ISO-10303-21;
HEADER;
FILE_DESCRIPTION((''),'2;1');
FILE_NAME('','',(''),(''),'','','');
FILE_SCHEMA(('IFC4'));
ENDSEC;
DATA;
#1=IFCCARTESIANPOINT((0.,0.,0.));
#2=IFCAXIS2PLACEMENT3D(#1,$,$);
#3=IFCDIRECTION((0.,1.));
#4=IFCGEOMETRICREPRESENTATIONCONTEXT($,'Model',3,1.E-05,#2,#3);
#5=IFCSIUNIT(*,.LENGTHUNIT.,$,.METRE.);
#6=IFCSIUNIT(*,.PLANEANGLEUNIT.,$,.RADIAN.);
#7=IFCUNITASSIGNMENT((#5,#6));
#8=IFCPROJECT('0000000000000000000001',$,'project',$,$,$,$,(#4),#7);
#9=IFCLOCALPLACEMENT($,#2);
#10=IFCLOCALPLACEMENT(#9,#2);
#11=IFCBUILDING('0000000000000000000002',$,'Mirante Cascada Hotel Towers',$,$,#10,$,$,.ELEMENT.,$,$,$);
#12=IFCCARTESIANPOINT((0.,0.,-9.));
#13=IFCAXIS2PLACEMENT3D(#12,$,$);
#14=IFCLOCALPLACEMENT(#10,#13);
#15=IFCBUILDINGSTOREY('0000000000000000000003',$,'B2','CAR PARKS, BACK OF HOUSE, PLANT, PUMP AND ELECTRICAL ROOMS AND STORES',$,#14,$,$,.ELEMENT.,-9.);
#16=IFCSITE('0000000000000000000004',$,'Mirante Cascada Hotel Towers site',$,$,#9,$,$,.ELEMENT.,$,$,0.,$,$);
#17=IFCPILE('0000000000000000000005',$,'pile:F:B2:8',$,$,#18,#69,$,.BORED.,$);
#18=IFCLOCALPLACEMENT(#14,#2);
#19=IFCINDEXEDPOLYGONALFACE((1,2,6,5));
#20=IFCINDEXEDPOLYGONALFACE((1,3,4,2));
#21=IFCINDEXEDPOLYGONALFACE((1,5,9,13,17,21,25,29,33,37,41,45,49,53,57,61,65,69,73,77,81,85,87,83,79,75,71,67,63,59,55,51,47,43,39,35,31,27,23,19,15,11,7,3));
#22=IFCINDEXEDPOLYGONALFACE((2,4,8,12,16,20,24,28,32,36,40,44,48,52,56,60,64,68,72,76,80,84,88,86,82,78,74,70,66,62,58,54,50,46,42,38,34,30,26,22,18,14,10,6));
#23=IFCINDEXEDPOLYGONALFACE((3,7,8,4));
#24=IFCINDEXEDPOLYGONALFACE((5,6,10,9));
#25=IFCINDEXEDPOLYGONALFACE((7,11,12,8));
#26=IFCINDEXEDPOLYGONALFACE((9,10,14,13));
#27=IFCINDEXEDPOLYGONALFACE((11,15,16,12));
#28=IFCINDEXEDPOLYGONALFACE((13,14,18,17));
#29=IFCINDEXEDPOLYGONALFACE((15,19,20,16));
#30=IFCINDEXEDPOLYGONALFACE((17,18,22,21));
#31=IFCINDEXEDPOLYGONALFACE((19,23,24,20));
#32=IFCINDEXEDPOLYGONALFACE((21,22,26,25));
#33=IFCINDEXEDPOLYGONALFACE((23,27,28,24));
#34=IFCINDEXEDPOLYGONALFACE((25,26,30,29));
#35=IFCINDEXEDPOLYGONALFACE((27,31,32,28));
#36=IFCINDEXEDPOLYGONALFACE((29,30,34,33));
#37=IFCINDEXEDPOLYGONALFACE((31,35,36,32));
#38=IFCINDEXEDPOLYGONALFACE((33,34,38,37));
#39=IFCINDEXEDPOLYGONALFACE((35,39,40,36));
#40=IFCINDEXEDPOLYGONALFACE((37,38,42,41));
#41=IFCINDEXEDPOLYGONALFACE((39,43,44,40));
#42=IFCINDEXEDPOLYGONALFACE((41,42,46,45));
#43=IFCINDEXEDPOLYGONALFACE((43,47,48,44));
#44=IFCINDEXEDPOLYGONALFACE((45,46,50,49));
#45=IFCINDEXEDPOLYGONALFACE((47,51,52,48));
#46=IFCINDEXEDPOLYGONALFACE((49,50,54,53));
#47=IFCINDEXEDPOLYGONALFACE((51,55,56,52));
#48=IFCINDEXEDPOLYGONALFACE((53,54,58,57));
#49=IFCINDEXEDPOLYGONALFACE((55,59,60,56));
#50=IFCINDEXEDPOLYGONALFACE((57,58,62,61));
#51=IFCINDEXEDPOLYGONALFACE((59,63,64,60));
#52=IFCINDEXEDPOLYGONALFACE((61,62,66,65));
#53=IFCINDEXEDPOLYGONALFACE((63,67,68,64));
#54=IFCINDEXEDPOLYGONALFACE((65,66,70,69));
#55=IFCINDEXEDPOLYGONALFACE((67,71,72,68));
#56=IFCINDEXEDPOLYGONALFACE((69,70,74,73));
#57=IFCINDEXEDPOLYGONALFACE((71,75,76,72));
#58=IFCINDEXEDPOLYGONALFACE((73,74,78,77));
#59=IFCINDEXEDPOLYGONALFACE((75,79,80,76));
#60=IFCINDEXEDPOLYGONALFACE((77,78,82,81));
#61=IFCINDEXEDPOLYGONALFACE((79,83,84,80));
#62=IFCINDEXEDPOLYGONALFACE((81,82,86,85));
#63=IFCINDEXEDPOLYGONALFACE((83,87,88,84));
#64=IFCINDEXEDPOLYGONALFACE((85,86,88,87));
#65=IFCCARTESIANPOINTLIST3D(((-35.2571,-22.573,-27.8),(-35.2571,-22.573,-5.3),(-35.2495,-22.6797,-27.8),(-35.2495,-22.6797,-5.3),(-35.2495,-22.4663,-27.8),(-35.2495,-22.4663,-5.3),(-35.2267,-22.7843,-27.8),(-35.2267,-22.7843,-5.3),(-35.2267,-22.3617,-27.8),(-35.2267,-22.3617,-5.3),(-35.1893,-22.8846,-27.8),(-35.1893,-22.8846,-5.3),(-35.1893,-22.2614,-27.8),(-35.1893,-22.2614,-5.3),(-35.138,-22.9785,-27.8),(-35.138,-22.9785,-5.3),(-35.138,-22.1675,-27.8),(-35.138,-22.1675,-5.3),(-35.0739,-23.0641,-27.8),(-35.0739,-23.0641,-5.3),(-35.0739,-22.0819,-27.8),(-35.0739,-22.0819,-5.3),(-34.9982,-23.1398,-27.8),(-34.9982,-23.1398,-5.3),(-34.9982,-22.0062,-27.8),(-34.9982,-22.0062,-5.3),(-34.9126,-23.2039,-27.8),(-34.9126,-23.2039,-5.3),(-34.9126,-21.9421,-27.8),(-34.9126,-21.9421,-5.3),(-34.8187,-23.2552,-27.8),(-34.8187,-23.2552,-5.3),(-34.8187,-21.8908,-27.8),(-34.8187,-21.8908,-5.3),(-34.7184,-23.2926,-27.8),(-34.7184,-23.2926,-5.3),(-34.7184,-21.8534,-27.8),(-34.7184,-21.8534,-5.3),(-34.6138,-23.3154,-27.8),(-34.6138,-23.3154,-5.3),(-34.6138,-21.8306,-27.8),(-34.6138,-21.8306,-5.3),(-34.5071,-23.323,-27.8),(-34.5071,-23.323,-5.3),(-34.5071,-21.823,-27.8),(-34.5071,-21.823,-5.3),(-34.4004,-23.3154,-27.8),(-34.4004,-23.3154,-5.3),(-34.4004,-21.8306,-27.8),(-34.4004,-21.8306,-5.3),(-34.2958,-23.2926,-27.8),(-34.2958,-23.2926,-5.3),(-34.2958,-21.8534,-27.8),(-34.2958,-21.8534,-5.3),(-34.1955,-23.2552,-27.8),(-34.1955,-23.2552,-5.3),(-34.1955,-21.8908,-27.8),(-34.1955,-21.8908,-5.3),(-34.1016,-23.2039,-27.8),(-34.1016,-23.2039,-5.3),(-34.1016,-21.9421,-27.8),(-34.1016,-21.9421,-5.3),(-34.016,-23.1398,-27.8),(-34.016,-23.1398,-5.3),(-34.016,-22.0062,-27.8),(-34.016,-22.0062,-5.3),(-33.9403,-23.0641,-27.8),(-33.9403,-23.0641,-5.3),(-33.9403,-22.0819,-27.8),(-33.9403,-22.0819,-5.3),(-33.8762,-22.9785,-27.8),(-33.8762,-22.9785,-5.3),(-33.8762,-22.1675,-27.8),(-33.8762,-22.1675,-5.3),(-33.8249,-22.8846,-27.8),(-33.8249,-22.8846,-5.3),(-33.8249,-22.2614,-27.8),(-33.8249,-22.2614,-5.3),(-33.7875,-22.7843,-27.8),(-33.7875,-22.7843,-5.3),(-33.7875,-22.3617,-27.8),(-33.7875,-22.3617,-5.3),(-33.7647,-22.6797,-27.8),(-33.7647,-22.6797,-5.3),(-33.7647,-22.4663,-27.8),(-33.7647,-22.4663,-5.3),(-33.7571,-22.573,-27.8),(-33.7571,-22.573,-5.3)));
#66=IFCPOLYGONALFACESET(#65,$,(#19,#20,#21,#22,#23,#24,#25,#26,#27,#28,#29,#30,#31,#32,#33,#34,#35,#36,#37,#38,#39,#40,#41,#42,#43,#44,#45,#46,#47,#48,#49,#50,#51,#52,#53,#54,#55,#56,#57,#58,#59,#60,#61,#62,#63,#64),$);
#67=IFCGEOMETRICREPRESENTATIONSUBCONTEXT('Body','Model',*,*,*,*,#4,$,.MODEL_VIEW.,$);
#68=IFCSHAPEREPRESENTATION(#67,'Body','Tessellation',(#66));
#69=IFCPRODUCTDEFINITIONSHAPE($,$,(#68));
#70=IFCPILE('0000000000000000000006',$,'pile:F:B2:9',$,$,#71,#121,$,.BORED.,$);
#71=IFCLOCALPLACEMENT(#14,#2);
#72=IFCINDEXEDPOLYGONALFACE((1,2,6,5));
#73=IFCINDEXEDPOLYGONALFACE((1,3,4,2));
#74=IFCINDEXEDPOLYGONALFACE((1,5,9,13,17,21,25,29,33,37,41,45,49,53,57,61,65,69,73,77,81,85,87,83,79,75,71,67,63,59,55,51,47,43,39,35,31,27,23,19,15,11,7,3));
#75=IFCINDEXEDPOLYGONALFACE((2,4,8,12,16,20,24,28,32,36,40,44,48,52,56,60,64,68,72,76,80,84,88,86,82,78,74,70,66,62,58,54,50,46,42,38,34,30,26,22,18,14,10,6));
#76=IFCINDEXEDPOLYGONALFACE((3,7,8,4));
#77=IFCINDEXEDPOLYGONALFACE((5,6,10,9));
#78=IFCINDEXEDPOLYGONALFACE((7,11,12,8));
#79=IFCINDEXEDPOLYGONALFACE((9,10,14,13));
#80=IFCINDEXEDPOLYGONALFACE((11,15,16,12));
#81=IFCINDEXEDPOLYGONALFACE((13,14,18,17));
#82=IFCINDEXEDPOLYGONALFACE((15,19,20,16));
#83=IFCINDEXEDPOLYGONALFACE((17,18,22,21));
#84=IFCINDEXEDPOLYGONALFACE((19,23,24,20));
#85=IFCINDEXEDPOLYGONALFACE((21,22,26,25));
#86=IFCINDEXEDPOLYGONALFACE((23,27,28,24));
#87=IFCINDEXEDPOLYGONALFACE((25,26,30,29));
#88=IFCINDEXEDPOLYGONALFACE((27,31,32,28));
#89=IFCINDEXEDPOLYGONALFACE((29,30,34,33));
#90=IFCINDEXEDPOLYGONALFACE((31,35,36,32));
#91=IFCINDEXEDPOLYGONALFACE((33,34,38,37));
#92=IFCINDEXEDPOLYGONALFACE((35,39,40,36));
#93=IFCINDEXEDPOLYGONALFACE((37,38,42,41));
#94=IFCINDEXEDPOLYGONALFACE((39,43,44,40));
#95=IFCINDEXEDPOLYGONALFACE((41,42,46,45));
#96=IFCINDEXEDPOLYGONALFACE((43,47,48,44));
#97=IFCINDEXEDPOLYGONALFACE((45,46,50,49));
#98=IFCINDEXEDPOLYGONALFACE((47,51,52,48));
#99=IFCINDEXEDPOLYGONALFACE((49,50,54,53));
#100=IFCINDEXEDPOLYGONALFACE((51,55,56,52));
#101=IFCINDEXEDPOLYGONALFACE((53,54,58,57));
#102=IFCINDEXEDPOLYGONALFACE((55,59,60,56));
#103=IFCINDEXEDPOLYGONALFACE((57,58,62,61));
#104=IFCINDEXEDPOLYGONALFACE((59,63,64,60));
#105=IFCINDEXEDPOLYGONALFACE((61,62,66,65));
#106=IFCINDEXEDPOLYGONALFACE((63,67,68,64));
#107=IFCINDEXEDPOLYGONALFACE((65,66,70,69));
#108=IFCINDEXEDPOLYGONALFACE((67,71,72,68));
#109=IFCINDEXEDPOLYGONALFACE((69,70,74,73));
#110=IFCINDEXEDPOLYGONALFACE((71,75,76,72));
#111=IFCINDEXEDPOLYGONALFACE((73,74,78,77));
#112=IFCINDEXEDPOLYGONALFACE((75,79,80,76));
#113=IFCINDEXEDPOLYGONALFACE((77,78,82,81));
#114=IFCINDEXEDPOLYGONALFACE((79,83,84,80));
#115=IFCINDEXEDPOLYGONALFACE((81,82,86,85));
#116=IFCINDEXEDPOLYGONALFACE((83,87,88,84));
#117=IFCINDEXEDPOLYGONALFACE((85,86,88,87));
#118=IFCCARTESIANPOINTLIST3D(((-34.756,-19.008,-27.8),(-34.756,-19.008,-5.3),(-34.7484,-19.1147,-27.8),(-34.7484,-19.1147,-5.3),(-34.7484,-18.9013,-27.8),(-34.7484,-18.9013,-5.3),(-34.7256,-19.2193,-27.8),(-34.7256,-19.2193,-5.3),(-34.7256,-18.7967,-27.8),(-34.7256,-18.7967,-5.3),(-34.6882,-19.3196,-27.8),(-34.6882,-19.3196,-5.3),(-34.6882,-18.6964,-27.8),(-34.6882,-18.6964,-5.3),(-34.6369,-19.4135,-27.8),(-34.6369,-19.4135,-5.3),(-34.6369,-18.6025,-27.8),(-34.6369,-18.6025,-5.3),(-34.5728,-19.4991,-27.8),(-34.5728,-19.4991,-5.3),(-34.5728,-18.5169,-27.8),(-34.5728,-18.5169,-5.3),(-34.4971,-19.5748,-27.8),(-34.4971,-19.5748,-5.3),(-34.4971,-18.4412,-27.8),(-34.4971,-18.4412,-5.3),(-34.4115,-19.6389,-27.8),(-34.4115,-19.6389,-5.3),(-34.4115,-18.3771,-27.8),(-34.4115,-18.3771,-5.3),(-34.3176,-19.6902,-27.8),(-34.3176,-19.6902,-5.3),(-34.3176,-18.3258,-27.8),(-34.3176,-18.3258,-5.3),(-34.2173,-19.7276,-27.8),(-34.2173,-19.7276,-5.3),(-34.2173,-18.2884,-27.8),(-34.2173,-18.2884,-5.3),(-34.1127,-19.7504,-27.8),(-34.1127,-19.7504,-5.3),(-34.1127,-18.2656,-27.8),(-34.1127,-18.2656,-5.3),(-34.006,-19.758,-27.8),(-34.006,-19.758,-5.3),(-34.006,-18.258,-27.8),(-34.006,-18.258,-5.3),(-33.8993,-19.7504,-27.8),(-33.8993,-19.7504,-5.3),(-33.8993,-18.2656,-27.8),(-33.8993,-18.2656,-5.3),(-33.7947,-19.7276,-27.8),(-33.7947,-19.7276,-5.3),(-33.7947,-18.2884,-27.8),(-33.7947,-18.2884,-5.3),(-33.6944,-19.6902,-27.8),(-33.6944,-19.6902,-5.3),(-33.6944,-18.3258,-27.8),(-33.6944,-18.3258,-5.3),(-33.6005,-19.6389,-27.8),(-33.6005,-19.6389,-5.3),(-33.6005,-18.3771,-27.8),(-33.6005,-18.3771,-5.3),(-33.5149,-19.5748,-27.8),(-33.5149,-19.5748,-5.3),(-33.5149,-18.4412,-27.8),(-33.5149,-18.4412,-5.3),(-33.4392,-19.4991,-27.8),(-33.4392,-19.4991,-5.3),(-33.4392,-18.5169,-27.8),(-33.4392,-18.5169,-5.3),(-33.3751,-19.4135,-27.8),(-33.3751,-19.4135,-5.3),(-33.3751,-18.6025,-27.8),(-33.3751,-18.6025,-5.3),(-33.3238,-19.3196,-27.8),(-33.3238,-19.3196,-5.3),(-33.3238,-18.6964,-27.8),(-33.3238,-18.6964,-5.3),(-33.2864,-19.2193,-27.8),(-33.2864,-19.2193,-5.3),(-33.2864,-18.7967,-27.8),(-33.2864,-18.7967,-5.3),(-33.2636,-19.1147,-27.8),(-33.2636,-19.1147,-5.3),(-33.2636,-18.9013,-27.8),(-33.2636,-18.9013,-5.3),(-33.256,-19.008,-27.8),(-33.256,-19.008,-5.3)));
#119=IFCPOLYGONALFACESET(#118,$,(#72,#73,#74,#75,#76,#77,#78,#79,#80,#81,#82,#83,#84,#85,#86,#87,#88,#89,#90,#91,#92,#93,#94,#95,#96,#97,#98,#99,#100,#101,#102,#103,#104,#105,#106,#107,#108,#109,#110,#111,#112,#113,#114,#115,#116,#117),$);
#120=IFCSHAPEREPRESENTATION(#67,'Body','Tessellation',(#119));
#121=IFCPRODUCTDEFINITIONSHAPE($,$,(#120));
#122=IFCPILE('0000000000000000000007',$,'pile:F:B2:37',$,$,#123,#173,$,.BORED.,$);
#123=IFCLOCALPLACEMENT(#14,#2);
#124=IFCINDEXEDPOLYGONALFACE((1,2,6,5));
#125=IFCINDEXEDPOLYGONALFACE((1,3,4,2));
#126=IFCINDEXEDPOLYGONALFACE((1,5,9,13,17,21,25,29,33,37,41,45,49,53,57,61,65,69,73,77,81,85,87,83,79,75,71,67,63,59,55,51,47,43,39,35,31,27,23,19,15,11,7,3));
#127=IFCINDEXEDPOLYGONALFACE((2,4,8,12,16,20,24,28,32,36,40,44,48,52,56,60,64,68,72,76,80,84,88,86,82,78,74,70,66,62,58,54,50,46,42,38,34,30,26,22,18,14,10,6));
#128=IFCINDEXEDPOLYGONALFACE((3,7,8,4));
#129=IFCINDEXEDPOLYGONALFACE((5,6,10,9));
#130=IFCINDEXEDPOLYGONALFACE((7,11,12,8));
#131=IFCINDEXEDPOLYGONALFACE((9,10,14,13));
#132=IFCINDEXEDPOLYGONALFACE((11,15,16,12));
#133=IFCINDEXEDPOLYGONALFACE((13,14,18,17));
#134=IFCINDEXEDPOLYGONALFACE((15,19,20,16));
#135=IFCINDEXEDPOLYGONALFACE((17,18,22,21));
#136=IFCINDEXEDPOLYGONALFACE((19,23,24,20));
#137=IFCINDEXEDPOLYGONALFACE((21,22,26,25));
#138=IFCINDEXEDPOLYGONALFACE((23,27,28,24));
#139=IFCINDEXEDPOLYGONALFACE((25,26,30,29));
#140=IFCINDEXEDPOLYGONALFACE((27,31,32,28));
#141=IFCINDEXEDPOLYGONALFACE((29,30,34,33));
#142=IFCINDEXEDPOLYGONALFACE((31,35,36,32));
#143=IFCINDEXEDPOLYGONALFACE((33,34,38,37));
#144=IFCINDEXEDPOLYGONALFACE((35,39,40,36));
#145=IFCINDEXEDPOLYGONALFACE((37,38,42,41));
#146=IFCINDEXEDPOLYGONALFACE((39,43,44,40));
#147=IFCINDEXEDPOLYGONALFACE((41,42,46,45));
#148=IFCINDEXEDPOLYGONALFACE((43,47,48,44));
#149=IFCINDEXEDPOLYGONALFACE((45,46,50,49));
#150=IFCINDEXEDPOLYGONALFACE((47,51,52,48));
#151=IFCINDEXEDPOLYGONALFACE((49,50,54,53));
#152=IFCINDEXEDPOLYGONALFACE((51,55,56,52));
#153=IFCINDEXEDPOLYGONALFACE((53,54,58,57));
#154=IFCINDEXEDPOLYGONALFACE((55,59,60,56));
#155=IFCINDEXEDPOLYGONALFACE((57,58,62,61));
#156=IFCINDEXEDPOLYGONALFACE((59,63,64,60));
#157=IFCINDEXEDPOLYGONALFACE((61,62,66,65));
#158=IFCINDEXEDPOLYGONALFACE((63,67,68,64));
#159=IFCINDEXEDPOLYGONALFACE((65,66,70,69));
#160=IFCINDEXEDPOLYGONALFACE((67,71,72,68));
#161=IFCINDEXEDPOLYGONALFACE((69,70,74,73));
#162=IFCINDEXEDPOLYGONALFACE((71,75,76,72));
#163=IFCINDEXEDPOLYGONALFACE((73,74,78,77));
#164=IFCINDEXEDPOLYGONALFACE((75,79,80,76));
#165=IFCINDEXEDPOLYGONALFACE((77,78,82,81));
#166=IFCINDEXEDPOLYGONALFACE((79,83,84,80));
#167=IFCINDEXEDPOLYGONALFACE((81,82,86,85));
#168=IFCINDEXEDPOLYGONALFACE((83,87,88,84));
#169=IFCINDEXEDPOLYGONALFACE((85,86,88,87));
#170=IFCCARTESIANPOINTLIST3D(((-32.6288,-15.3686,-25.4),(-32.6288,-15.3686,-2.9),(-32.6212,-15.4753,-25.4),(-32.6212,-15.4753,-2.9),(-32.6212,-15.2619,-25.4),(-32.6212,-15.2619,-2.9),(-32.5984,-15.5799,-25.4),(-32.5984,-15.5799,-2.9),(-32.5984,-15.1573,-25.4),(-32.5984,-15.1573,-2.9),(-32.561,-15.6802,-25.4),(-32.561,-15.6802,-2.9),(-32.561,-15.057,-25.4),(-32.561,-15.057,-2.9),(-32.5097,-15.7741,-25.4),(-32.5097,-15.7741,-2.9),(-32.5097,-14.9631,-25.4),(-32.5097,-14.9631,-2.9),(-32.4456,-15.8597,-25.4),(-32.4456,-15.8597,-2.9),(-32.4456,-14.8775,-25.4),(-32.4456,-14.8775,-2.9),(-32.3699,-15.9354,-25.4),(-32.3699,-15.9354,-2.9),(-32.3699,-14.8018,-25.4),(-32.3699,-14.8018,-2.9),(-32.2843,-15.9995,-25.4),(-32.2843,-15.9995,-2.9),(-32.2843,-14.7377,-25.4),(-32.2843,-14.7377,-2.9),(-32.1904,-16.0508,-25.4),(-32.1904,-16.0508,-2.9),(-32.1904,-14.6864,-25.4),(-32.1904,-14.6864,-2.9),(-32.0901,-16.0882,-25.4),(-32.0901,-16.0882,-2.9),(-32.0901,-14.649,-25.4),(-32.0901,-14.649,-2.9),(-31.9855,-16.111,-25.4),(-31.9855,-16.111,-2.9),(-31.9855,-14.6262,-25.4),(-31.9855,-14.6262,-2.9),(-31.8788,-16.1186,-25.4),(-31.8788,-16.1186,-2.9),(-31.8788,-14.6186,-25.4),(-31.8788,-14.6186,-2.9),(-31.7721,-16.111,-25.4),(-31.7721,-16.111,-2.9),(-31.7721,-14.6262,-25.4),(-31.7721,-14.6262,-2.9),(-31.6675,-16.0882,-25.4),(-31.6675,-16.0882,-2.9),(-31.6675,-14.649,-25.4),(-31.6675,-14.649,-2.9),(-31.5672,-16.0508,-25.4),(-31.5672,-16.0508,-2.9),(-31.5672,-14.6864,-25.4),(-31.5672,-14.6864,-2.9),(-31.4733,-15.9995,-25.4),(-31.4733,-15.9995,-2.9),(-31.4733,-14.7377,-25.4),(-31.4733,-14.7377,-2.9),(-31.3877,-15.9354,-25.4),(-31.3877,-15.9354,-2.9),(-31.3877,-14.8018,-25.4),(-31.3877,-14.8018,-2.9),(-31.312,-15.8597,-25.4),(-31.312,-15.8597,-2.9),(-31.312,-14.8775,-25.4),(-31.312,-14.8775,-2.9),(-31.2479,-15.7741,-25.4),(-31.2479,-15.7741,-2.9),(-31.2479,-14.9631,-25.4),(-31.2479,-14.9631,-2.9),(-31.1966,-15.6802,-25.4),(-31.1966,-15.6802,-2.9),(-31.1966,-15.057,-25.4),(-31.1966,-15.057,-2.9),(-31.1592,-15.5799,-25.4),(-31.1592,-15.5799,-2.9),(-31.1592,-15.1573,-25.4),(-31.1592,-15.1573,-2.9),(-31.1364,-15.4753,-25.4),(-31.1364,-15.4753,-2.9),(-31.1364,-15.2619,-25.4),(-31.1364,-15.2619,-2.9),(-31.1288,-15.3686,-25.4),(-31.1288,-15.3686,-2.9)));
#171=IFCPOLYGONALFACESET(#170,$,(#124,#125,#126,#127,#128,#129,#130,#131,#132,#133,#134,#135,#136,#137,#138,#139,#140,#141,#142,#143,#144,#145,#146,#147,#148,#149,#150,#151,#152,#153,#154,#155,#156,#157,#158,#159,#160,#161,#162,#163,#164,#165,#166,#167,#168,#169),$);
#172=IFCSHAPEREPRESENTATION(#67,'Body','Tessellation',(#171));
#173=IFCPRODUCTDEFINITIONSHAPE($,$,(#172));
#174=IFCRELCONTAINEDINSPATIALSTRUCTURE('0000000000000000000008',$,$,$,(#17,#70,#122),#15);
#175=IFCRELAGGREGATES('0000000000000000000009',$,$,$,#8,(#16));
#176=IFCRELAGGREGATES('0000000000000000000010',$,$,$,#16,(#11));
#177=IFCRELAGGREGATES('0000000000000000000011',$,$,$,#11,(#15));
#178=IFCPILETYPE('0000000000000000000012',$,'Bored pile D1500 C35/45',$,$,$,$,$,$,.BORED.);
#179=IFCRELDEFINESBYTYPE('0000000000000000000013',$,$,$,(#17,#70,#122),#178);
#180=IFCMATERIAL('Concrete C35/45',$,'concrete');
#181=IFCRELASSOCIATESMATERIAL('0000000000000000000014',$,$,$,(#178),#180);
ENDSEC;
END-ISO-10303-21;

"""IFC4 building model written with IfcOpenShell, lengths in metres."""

from ifc_helpers import new_model, si_unit, direction, frame, origin, origin_2d, place, context, subcontext, project, spatial, circle, extrude, material, material_profile, profile_set, type_object, element, save


model = new_model("IFC4")

# Units and contexts
model_context = context("Model", 3, precision=1e-05, world=origin(), true_north=direction((0.0, 1.0)))
body_context = subcontext(model_context, "Body", "Model", "MODEL_VIEW")
ifc_project = project(units=[si_unit("LENGTHUNIT", "METRE"), si_unit("PLANEANGLEUNIT", "RADIAN")], contexts=[model_context])

# Site, building, storey
site_placement = place(None, origin())
site = spatial("IfcSite", under=ifc_project, at=site_placement, Name="Mirante Cascada Hotel Towers site", CompositionType="ELEMENT", RefElevation=0.0)
building_placement = place(site_placement, origin())
building = spatial("IfcBuilding", under=site, at=building_placement, Name="Mirante Cascada Hotel Towers", CompositionType="ELEMENT")
storey_placement = place(building_placement, frame((0.0, 0.0, -9.0)))
storey = spatial("IfcBuildingStorey", under=building, at=storey_placement, Name="B2", Description="CAR PARKS, BACK OF HOUSE, PLANT, PUMP AND ELECTRICAL ROOMS AND STORES", CompositionType="ELEMENT", Elevation=-9.0)

# Piles
ifc_material_1 = material(Name="Concrete C35/45", Category="concrete")
ifc_material_profile_1 = material_profile(ifc_material_1, circle(Radius=0.75, at=origin_2d()), Name="RC D1500")
ifc_profile_set_1 = profile_set([ifc_material_profile_1], Name="Concrete C35/45")
pile_type = type_object("IfcPileType", Name="Bored pile D1500 C35/45", PredefinedType="BORED", material=ifc_profile_set_1)
for number, where, z_axis, x_axis, name in (
    (1, (-34.5071, -22.573, -5.3), (0.0, 0.0, -1.0), (1.0, 0.0, 0.0), "pile:F:B2:8"),
    (2, (-34.006, -19.008, -5.3), (0.0, 0.0, -1.0), (1.0, 0.0, 0.0), "pile:F:B2:9"),
    (3, (-31.8788, -15.3686, -2.9), (0.0, 0.0, -1.0), (1.0, 0.0, 0.0), "pile:F:B2:37"),
):
    element("IfcPile", number, at=place(storey_placement, frame(where, z_axis=z_axis, x_axis=x_axis)), inside=storey, type_object=pile_type, Name=name, PredefinedType="BORED", context=body_context, shape_type="SweptSolid", body=[
        extrude(circle(Radius=0.75, at=origin_2d()), origin(), (0.0, 0.0, 1.0), 22.5),
    ])

save(model, "model.ifc")
